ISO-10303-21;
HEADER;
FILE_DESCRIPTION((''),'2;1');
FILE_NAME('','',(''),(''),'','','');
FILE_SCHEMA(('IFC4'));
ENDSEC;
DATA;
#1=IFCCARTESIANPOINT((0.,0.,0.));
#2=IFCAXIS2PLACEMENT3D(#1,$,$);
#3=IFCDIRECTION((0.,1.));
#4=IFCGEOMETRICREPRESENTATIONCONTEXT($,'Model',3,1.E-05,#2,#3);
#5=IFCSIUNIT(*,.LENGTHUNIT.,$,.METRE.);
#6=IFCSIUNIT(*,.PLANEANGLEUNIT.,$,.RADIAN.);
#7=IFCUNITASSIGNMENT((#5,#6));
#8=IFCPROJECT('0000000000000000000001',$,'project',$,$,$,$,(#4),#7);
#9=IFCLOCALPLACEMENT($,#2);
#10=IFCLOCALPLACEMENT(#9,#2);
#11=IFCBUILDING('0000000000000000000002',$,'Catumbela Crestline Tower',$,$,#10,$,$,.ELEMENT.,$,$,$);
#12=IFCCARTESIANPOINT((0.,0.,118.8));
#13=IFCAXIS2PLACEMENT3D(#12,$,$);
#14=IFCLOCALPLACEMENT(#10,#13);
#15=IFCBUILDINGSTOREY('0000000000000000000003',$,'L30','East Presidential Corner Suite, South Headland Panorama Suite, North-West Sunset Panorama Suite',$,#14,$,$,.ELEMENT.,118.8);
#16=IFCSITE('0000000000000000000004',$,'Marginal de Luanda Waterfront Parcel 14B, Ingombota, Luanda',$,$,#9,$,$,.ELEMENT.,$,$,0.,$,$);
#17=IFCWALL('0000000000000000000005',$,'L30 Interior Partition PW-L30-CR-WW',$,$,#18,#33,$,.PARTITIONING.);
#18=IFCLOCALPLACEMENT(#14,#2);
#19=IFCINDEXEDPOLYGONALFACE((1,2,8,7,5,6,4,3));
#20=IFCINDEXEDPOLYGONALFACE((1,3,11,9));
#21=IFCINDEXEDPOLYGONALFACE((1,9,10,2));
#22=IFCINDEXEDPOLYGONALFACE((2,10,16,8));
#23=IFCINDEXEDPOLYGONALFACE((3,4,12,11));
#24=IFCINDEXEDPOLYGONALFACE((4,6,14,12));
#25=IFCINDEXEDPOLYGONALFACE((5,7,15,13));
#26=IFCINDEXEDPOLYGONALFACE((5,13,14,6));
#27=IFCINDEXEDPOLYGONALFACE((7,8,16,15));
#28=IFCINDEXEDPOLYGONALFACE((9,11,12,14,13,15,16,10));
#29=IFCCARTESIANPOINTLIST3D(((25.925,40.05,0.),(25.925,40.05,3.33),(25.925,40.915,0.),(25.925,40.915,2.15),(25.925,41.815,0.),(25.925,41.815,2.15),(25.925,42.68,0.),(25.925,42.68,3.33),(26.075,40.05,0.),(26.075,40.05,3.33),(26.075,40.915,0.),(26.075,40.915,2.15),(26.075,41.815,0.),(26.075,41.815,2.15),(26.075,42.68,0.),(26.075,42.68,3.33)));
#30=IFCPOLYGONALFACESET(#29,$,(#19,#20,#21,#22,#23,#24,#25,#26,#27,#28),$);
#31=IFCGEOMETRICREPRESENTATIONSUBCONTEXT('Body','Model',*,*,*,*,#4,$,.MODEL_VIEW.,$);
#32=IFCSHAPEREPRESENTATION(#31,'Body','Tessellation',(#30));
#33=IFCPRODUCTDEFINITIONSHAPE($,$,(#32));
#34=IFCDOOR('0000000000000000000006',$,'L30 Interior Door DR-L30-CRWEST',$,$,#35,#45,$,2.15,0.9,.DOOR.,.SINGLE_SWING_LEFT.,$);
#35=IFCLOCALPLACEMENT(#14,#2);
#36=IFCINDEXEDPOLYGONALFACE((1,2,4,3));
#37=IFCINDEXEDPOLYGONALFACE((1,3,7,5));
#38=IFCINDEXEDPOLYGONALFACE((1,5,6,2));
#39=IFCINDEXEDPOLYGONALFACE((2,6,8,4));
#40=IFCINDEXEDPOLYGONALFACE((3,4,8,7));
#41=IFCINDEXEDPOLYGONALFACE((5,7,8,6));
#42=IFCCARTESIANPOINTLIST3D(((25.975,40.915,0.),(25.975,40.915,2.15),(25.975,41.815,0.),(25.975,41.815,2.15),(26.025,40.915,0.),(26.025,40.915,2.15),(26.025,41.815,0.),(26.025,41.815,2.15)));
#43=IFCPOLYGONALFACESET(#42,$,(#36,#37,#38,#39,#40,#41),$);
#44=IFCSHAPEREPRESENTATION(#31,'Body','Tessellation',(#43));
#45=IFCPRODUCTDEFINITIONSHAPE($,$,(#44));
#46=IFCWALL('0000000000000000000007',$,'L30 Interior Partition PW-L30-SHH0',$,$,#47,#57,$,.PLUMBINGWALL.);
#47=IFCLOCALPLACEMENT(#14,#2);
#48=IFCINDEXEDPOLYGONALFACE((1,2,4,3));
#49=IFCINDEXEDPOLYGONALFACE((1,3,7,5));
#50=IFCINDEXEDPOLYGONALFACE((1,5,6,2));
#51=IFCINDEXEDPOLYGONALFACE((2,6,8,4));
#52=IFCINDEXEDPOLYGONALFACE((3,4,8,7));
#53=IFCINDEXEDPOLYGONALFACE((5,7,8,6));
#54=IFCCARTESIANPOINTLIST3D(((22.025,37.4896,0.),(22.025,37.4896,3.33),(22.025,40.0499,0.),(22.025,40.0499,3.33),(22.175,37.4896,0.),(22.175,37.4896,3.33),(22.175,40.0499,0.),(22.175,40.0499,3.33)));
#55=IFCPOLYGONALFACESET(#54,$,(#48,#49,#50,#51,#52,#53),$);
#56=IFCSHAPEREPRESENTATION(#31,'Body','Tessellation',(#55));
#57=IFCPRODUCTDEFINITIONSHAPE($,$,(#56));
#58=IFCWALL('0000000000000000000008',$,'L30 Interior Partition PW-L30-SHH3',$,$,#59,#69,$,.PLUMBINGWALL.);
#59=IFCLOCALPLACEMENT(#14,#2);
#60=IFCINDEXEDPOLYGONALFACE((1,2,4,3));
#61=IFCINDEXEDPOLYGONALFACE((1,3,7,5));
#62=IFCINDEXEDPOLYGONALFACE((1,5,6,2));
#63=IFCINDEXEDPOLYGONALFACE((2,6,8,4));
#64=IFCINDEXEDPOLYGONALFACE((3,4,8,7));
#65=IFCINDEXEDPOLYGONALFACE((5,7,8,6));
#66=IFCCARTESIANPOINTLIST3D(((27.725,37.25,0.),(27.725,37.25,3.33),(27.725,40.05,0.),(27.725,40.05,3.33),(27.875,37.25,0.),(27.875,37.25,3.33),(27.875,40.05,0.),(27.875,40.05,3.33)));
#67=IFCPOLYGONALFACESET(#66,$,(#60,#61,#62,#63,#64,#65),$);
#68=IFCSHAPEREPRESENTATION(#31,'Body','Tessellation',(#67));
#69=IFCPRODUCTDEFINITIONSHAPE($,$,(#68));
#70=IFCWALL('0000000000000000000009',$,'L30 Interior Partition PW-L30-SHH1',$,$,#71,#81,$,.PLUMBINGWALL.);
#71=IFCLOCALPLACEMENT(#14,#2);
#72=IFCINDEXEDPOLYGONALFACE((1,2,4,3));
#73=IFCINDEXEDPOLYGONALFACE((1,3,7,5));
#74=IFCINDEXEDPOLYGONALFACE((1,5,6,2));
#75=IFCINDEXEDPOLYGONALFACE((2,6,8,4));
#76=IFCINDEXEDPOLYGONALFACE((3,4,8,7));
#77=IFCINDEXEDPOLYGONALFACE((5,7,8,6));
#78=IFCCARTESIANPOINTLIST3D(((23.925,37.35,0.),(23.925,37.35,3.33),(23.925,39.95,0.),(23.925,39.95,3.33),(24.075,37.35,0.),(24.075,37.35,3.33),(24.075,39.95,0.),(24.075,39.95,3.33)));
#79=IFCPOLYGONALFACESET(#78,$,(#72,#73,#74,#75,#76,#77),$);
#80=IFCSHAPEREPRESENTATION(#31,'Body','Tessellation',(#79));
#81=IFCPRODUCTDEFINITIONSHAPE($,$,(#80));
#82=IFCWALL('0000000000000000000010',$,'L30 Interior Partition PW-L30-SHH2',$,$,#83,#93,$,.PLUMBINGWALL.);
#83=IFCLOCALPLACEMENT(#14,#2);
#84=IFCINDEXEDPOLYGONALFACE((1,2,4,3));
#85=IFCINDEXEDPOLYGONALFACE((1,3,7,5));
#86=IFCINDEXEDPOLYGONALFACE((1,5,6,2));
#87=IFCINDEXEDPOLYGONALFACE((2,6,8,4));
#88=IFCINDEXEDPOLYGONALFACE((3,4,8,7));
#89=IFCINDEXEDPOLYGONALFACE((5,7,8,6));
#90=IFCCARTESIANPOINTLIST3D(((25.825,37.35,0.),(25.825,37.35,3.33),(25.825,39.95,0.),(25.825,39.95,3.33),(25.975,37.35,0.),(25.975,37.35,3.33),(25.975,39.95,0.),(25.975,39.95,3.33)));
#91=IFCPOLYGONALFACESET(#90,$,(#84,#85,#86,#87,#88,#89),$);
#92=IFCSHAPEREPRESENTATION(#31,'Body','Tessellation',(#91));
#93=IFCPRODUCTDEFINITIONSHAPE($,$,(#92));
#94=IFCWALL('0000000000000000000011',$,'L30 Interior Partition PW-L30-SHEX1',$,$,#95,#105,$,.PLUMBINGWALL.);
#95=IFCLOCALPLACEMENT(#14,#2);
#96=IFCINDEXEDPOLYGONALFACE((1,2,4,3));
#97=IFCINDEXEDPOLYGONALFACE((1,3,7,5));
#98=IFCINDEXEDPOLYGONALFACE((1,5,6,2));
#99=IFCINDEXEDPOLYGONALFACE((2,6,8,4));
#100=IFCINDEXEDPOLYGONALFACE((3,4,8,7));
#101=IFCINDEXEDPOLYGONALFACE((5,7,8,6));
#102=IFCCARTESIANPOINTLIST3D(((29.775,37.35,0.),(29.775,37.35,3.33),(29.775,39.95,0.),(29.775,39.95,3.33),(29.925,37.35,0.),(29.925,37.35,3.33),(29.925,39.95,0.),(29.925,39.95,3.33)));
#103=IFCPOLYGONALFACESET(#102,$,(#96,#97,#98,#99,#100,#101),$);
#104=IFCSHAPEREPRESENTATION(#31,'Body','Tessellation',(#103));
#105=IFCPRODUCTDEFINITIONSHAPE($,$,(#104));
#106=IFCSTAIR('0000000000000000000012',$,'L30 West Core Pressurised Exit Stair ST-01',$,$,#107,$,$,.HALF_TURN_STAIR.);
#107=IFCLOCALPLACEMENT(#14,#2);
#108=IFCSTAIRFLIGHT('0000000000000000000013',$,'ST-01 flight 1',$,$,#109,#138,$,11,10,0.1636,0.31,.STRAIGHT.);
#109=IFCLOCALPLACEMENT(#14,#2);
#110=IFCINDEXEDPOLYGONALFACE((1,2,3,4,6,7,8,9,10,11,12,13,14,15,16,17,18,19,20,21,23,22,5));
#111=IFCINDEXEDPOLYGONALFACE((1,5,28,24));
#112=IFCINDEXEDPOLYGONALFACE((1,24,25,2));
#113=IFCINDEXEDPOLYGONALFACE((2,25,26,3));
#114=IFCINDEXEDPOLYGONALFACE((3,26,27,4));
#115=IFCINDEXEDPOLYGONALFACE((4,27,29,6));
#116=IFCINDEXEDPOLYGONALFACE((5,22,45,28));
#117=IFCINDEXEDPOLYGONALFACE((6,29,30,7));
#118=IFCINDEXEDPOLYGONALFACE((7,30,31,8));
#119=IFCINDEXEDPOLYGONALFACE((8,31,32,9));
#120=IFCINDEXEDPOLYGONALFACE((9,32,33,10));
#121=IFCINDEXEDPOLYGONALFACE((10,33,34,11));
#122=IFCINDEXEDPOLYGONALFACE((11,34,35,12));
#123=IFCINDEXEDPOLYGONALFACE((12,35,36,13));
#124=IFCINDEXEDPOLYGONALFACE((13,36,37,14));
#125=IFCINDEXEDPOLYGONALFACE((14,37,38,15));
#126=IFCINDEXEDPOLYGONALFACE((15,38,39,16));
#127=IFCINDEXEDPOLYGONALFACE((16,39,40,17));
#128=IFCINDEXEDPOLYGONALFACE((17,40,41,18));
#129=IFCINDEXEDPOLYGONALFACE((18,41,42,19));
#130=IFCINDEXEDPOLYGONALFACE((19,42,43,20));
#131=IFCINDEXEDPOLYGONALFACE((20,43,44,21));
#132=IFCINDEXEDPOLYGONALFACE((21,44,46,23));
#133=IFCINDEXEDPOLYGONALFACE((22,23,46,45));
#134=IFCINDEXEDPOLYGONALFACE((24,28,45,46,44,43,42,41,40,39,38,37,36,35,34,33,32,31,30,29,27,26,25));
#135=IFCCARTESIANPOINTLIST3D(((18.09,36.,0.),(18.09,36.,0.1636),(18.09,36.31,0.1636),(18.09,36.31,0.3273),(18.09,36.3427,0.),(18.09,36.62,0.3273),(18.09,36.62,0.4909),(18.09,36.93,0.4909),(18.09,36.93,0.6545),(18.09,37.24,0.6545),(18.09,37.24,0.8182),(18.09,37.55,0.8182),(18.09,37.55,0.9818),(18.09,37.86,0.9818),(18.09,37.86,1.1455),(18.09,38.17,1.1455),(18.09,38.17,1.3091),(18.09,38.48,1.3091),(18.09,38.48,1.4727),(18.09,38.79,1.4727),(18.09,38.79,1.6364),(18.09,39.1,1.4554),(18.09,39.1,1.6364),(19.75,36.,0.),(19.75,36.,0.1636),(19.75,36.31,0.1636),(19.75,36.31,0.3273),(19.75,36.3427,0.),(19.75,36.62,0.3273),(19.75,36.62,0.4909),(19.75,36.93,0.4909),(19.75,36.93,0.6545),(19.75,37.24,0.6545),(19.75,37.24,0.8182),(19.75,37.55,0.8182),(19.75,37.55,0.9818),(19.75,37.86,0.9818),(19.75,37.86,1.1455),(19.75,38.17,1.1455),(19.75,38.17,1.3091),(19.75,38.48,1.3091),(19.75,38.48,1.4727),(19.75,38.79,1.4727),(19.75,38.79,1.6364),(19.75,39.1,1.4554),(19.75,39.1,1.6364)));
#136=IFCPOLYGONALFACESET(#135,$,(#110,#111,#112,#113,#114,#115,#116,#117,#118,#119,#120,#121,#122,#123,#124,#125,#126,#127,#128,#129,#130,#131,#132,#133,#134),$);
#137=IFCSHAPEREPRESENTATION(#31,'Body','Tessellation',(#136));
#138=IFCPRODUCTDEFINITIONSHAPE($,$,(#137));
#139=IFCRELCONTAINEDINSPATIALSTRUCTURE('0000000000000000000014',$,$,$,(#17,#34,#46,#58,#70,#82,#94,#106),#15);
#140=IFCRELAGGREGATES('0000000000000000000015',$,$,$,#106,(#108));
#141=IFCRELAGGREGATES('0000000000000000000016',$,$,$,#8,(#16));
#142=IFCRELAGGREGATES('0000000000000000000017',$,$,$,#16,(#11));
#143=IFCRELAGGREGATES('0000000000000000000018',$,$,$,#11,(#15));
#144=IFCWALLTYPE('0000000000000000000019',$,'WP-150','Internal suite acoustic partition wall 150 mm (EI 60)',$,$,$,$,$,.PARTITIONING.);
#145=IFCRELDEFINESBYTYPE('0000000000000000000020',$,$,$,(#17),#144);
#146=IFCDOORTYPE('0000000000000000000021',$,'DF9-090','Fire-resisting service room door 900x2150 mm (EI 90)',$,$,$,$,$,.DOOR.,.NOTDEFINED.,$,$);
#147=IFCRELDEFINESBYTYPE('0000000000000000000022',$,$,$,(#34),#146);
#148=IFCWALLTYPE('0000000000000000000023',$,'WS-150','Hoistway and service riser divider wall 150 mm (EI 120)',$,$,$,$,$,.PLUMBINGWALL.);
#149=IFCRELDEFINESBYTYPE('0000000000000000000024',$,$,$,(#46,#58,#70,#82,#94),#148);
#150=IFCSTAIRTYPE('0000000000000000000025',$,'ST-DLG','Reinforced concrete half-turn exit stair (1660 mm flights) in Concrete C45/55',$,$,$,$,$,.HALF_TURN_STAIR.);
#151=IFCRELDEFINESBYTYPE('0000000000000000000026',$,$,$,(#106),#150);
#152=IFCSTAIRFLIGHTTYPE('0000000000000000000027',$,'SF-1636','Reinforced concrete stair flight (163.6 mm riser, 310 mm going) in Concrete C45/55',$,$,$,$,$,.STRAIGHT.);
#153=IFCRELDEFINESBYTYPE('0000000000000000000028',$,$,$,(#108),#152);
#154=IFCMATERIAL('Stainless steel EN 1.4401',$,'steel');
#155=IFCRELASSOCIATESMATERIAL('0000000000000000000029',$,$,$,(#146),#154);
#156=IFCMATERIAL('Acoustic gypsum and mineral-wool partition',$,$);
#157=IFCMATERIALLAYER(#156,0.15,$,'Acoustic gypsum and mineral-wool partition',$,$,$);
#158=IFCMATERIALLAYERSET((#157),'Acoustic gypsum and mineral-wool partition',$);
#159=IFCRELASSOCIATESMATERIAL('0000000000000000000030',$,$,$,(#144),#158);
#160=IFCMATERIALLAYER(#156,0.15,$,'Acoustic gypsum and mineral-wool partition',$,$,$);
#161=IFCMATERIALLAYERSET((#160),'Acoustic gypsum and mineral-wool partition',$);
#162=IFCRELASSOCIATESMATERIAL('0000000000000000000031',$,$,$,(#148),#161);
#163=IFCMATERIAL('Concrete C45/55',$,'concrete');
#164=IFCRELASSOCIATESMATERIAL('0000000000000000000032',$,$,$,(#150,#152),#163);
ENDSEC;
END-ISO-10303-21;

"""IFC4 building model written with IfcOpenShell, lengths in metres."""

from ifc_helpers import new_model, si_unit, direction, frame, frame_2d, origin, place, context, subcontext, project, spatial, polyline, rectangle, outline, extrude, material, layer, layer_set, type_object, element, fill, aggregate, save


model = new_model("IFC4")

# Units and contexts
model_context = context("Model", 3, precision=1e-05, world=origin(), true_north=direction((0.0, 1.0)))
body_context = subcontext(model_context, "Body", "Model", "MODEL_VIEW")
ifc_project = project(units=[si_unit("LENGTHUNIT", "METRE"), si_unit("PLANEANGLEUNIT", "RADIAN")], contexts=[model_context])

# Site, building, storey
site_placement = place(None, origin())
site = spatial("IfcSite", under=ifc_project, at=site_placement, Name="Marginal de Luanda Waterfront Parcel 14B, Ingombota, Luanda", CompositionType="ELEMENT", RefElevation=0.0)
building_placement = place(site_placement, origin())
building = spatial("IfcBuilding", under=site, at=building_placement, Name="Catumbela Crestline Tower", CompositionType="ELEMENT")
storey_placement = place(building_placement, frame((0.0, 0.0, 118.8)))
storey = spatial("IfcBuildingStorey", under=building, at=storey_placement, Name="L30", Description="East Presidential Corner Suite, South Headland Panorama Suite, North-West Sunset Panorama Suite", CompositionType="ELEMENT", Elevation=118.8)

# Shared definitions
ifc_material_1 = material(Name="Stainless steel EN 1.4401", Category="steel")

# Shared definitions
door_type_1 = type_object("IfcDoorType", Name="DF9-090", Description="Fire-resisting service room door 900x2150 mm (EI 90)", OperationType="NOTDEFINED", PredefinedType="DOOR", material=ifc_material_1)

# Wall, opening, door
ifc_material_2 = material(Name="Acoustic gypsum and mineral-wool partition")
ifc_layer_1 = layer(ifc_material_2, 0.15, Name="Acoustic gypsum and mineral-wool partition")
ifc_layer_set_1 = layer_set([ifc_layer_1], Name="Acoustic gypsum and mineral-wool partition")
wall_type_1 = type_object("IfcWallType", Name="WP-150", Description="Internal suite acoustic partition wall 150 mm (EI 60)", PredefinedType="PARTITIONING", material=ifc_layer_set_1)
wall_1_placement = place(storey_placement, frame((26.0, 40.05, 0.0), z_axis=(0.0, 0.0, 1.0), x_axis=(0.0, 1.0, 0.0)))
wall_1 = element("IfcWall", 1, at=wall_1_placement, inside=storey, type_object=wall_type_1, Name="L30 Interior Partition PW-L30-CR-WW", PredefinedType="PARTITIONING", context=body_context, shape_type="SweptSolid", body=[
    extrude(rectangle(XDim=2.63, YDim=0.15, at=frame_2d((1.315, 0.0))), origin(), (0.0, 0.0, 1.0), 3.33),
])
opening_1_placement = place(wall_1_placement, frame((0.865, 0.0, 0.0)))
opening_1 = element("IfcOpeningElement", 2, at=opening_1_placement, cuts=wall_1, PredefinedType="OPENING", context=body_context, shape_type="SweptSolid", body=[
    extrude(rectangle(XDim=0.9, YDim=2.15, at=frame_2d((0.45, 1.075))), frame((0.0, 0.085, 0.0), z_axis=(0.0, -1.0, 0.0), x_axis=(1.0, 0.0, 0.0)), (0.0, 0.0, 1.0), 0.17),
])
door_1_placement = place(opening_1_placement, origin())
door_1 = element("IfcDoor", 3, at=door_1_placement, inside=storey, type_object=door_type_1, Name="L30 Interior Door DR-L30-CRWEST", OperationType="SINGLE_SWING_LEFT", OverallHeight=2.15, OverallWidth=0.9, PredefinedType="DOOR", context=body_context, shape_type="SweptSolid", body=[
    extrude(rectangle(XDim=0.9, YDim=2.15, at=frame_2d((0.45, 1.075))), frame((0.0, 0.025, 0.0), z_axis=(0.0, -1.0, 0.0), x_axis=(1.0, 0.0, 0.0)), (0.0, 0.0, 1.0), 0.05),
])
fill(opening_1, door_1)

# Walls
ifc_layer_2 = layer(ifc_material_2, 0.15, Name="Acoustic gypsum and mineral-wool partition")
ifc_layer_set_2 = layer_set([ifc_layer_2], Name="Acoustic gypsum and mineral-wool partition")
wall_type_2 = type_object("IfcWallType", Name="WS-150", Description="Hoistway and service riser divider wall 150 mm (EI 120)", PredefinedType="PLUMBINGWALL", material=ifc_layer_set_2)
wall_2_placement = place(storey_placement, frame((22.1, 37.4897, 0.0), z_axis=(0.0, 0.0, 1.0), x_axis=(0.0, 1.0, 0.0)))
element("IfcWall", 4, at=wall_2_placement, inside=storey, type_object=wall_type_2, Name="L30 Interior Partition PW-L30-SHH0", PredefinedType="PLUMBINGWALL", context=body_context, shape_type="SweptSolid", body=[
    extrude(rectangle(XDim=2.5603, YDim=0.15, at=frame_2d((1.2801, 0.0))), origin(), (0.0, 0.0, 1.0), 3.33),
])
wall_3_placement = place(storey_placement, frame((27.8, 37.25, 0.0), z_axis=(0.0, 0.0, 1.0), x_axis=(0.0, 1.0, 0.0)))
element("IfcWall", 5, at=wall_3_placement, inside=storey, type_object=wall_type_2, Name="L30 Interior Partition PW-L30-SHH3", PredefinedType="PLUMBINGWALL", context=body_context, shape_type="SweptSolid", body=[
    extrude(rectangle(XDim=2.8, YDim=0.15, at=frame_2d((1.4, 0.0))), origin(), (0.0, 0.0, 1.0), 3.33),
])
for number, where, z_axis, x_axis, name in (
    (6, (24.0, 37.35, 0.0), (0.0, 0.0, 1.0), (0.0, 1.0, 0.0), "L30 Interior Partition PW-L30-SHH1"),
    (7, (25.9, 37.35, 0.0), (0.0, 0.0, 1.0), (0.0, 1.0, 0.0), "L30 Interior Partition PW-L30-SHH2"),
    (8, (29.85, 37.35, 0.0), (0.0, 0.0, 1.0), (0.0, 1.0, 0.0), "L30 Interior Partition PW-L30-SHEX1"),
):
    element("IfcWall", number, at=place(storey_placement, frame(where, z_axis=z_axis, x_axis=x_axis)), inside=storey, type_object=wall_type_2, Name=name, PredefinedType="PLUMBINGWALL", context=body_context, shape_type="SweptSolid", body=[
        extrude(rectangle(XDim=2.6, YDim=0.15, at=frame_2d((1.3, 0.0))), origin(), (0.0, 0.0, 1.0), 3.33),
    ])

# Stair, stair flight
ifc_material_3 = material(Name="Concrete C45/55", Category="concrete")
stair_type = type_object("IfcStairType", Name="ST-DLG", Description="Reinforced concrete half-turn exit stair (1660 mm flights) in Concrete C45/55", PredefinedType="HALF_TURN_STAIR", material=ifc_material_3)
stair_placement = place(storey_placement, origin())
stair = element("IfcStair", 9, at=stair_placement, inside=storey, type_object=stair_type, Name="L30 West Core Pressurised Exit Stair ST-01", PredefinedType="HALF_TURN_STAIR")
stair_flight_type = type_object("IfcStairFlightType", Name="SF-1636", Description="Reinforced concrete stair flight (163.6 mm riser, 310 mm going) in Concrete C45/55", PredefinedType="STRAIGHT", material=ifc_material_3)
stair_flight_placement = place(storey_placement, frame((18.92, 36.0, 0.0), z_axis=(0.0, 0.0, 1.0), x_axis=(0.0, 1.0, 0.0)))
stair_flight = element("IfcStairFlight", 10, at=stair_flight_placement, type_object=stair_flight_type, Name="ST-01 flight 1", NumberOfRisers=11, NumberOfTreads=10, PredefinedType="STRAIGHT", RiserHeight=0.1636, TreadLength=0.31, context=body_context, shape_type="SweptSolid", body=[
    extrude(outline(polyline([(0.0, 0.0), (0.0, 0.1636), (0.31, 0.1636), (0.31, 0.3273), (0.62, 0.3273), (0.62, 0.4909), (0.93, 0.4909), (0.93, 0.6545), (1.24, 0.6545), (1.24, 0.8182), (1.55, 0.8182), (1.55, 0.9818), (1.86, 0.9818), (1.86, 1.1455), (2.17, 1.1455), (2.17, 1.3091), (2.48, 1.3091), (2.48, 1.4727), (2.79, 1.4727), (2.79, 1.6364), (3.1, 1.6364), (3.1, 1.8), (3.1, 1.4554), (0.3427, 0.0), (0.0, 0.0)])), frame((0.0, 0.83, 0.0), z_axis=(0.0, -1.0, 0.0), x_axis=(1.0, 0.0, 0.0)), (0.0, 0.0, 1.0), 1.66),
])
aggregate(stair, [stair_flight])

save(model, "model.ifc")
